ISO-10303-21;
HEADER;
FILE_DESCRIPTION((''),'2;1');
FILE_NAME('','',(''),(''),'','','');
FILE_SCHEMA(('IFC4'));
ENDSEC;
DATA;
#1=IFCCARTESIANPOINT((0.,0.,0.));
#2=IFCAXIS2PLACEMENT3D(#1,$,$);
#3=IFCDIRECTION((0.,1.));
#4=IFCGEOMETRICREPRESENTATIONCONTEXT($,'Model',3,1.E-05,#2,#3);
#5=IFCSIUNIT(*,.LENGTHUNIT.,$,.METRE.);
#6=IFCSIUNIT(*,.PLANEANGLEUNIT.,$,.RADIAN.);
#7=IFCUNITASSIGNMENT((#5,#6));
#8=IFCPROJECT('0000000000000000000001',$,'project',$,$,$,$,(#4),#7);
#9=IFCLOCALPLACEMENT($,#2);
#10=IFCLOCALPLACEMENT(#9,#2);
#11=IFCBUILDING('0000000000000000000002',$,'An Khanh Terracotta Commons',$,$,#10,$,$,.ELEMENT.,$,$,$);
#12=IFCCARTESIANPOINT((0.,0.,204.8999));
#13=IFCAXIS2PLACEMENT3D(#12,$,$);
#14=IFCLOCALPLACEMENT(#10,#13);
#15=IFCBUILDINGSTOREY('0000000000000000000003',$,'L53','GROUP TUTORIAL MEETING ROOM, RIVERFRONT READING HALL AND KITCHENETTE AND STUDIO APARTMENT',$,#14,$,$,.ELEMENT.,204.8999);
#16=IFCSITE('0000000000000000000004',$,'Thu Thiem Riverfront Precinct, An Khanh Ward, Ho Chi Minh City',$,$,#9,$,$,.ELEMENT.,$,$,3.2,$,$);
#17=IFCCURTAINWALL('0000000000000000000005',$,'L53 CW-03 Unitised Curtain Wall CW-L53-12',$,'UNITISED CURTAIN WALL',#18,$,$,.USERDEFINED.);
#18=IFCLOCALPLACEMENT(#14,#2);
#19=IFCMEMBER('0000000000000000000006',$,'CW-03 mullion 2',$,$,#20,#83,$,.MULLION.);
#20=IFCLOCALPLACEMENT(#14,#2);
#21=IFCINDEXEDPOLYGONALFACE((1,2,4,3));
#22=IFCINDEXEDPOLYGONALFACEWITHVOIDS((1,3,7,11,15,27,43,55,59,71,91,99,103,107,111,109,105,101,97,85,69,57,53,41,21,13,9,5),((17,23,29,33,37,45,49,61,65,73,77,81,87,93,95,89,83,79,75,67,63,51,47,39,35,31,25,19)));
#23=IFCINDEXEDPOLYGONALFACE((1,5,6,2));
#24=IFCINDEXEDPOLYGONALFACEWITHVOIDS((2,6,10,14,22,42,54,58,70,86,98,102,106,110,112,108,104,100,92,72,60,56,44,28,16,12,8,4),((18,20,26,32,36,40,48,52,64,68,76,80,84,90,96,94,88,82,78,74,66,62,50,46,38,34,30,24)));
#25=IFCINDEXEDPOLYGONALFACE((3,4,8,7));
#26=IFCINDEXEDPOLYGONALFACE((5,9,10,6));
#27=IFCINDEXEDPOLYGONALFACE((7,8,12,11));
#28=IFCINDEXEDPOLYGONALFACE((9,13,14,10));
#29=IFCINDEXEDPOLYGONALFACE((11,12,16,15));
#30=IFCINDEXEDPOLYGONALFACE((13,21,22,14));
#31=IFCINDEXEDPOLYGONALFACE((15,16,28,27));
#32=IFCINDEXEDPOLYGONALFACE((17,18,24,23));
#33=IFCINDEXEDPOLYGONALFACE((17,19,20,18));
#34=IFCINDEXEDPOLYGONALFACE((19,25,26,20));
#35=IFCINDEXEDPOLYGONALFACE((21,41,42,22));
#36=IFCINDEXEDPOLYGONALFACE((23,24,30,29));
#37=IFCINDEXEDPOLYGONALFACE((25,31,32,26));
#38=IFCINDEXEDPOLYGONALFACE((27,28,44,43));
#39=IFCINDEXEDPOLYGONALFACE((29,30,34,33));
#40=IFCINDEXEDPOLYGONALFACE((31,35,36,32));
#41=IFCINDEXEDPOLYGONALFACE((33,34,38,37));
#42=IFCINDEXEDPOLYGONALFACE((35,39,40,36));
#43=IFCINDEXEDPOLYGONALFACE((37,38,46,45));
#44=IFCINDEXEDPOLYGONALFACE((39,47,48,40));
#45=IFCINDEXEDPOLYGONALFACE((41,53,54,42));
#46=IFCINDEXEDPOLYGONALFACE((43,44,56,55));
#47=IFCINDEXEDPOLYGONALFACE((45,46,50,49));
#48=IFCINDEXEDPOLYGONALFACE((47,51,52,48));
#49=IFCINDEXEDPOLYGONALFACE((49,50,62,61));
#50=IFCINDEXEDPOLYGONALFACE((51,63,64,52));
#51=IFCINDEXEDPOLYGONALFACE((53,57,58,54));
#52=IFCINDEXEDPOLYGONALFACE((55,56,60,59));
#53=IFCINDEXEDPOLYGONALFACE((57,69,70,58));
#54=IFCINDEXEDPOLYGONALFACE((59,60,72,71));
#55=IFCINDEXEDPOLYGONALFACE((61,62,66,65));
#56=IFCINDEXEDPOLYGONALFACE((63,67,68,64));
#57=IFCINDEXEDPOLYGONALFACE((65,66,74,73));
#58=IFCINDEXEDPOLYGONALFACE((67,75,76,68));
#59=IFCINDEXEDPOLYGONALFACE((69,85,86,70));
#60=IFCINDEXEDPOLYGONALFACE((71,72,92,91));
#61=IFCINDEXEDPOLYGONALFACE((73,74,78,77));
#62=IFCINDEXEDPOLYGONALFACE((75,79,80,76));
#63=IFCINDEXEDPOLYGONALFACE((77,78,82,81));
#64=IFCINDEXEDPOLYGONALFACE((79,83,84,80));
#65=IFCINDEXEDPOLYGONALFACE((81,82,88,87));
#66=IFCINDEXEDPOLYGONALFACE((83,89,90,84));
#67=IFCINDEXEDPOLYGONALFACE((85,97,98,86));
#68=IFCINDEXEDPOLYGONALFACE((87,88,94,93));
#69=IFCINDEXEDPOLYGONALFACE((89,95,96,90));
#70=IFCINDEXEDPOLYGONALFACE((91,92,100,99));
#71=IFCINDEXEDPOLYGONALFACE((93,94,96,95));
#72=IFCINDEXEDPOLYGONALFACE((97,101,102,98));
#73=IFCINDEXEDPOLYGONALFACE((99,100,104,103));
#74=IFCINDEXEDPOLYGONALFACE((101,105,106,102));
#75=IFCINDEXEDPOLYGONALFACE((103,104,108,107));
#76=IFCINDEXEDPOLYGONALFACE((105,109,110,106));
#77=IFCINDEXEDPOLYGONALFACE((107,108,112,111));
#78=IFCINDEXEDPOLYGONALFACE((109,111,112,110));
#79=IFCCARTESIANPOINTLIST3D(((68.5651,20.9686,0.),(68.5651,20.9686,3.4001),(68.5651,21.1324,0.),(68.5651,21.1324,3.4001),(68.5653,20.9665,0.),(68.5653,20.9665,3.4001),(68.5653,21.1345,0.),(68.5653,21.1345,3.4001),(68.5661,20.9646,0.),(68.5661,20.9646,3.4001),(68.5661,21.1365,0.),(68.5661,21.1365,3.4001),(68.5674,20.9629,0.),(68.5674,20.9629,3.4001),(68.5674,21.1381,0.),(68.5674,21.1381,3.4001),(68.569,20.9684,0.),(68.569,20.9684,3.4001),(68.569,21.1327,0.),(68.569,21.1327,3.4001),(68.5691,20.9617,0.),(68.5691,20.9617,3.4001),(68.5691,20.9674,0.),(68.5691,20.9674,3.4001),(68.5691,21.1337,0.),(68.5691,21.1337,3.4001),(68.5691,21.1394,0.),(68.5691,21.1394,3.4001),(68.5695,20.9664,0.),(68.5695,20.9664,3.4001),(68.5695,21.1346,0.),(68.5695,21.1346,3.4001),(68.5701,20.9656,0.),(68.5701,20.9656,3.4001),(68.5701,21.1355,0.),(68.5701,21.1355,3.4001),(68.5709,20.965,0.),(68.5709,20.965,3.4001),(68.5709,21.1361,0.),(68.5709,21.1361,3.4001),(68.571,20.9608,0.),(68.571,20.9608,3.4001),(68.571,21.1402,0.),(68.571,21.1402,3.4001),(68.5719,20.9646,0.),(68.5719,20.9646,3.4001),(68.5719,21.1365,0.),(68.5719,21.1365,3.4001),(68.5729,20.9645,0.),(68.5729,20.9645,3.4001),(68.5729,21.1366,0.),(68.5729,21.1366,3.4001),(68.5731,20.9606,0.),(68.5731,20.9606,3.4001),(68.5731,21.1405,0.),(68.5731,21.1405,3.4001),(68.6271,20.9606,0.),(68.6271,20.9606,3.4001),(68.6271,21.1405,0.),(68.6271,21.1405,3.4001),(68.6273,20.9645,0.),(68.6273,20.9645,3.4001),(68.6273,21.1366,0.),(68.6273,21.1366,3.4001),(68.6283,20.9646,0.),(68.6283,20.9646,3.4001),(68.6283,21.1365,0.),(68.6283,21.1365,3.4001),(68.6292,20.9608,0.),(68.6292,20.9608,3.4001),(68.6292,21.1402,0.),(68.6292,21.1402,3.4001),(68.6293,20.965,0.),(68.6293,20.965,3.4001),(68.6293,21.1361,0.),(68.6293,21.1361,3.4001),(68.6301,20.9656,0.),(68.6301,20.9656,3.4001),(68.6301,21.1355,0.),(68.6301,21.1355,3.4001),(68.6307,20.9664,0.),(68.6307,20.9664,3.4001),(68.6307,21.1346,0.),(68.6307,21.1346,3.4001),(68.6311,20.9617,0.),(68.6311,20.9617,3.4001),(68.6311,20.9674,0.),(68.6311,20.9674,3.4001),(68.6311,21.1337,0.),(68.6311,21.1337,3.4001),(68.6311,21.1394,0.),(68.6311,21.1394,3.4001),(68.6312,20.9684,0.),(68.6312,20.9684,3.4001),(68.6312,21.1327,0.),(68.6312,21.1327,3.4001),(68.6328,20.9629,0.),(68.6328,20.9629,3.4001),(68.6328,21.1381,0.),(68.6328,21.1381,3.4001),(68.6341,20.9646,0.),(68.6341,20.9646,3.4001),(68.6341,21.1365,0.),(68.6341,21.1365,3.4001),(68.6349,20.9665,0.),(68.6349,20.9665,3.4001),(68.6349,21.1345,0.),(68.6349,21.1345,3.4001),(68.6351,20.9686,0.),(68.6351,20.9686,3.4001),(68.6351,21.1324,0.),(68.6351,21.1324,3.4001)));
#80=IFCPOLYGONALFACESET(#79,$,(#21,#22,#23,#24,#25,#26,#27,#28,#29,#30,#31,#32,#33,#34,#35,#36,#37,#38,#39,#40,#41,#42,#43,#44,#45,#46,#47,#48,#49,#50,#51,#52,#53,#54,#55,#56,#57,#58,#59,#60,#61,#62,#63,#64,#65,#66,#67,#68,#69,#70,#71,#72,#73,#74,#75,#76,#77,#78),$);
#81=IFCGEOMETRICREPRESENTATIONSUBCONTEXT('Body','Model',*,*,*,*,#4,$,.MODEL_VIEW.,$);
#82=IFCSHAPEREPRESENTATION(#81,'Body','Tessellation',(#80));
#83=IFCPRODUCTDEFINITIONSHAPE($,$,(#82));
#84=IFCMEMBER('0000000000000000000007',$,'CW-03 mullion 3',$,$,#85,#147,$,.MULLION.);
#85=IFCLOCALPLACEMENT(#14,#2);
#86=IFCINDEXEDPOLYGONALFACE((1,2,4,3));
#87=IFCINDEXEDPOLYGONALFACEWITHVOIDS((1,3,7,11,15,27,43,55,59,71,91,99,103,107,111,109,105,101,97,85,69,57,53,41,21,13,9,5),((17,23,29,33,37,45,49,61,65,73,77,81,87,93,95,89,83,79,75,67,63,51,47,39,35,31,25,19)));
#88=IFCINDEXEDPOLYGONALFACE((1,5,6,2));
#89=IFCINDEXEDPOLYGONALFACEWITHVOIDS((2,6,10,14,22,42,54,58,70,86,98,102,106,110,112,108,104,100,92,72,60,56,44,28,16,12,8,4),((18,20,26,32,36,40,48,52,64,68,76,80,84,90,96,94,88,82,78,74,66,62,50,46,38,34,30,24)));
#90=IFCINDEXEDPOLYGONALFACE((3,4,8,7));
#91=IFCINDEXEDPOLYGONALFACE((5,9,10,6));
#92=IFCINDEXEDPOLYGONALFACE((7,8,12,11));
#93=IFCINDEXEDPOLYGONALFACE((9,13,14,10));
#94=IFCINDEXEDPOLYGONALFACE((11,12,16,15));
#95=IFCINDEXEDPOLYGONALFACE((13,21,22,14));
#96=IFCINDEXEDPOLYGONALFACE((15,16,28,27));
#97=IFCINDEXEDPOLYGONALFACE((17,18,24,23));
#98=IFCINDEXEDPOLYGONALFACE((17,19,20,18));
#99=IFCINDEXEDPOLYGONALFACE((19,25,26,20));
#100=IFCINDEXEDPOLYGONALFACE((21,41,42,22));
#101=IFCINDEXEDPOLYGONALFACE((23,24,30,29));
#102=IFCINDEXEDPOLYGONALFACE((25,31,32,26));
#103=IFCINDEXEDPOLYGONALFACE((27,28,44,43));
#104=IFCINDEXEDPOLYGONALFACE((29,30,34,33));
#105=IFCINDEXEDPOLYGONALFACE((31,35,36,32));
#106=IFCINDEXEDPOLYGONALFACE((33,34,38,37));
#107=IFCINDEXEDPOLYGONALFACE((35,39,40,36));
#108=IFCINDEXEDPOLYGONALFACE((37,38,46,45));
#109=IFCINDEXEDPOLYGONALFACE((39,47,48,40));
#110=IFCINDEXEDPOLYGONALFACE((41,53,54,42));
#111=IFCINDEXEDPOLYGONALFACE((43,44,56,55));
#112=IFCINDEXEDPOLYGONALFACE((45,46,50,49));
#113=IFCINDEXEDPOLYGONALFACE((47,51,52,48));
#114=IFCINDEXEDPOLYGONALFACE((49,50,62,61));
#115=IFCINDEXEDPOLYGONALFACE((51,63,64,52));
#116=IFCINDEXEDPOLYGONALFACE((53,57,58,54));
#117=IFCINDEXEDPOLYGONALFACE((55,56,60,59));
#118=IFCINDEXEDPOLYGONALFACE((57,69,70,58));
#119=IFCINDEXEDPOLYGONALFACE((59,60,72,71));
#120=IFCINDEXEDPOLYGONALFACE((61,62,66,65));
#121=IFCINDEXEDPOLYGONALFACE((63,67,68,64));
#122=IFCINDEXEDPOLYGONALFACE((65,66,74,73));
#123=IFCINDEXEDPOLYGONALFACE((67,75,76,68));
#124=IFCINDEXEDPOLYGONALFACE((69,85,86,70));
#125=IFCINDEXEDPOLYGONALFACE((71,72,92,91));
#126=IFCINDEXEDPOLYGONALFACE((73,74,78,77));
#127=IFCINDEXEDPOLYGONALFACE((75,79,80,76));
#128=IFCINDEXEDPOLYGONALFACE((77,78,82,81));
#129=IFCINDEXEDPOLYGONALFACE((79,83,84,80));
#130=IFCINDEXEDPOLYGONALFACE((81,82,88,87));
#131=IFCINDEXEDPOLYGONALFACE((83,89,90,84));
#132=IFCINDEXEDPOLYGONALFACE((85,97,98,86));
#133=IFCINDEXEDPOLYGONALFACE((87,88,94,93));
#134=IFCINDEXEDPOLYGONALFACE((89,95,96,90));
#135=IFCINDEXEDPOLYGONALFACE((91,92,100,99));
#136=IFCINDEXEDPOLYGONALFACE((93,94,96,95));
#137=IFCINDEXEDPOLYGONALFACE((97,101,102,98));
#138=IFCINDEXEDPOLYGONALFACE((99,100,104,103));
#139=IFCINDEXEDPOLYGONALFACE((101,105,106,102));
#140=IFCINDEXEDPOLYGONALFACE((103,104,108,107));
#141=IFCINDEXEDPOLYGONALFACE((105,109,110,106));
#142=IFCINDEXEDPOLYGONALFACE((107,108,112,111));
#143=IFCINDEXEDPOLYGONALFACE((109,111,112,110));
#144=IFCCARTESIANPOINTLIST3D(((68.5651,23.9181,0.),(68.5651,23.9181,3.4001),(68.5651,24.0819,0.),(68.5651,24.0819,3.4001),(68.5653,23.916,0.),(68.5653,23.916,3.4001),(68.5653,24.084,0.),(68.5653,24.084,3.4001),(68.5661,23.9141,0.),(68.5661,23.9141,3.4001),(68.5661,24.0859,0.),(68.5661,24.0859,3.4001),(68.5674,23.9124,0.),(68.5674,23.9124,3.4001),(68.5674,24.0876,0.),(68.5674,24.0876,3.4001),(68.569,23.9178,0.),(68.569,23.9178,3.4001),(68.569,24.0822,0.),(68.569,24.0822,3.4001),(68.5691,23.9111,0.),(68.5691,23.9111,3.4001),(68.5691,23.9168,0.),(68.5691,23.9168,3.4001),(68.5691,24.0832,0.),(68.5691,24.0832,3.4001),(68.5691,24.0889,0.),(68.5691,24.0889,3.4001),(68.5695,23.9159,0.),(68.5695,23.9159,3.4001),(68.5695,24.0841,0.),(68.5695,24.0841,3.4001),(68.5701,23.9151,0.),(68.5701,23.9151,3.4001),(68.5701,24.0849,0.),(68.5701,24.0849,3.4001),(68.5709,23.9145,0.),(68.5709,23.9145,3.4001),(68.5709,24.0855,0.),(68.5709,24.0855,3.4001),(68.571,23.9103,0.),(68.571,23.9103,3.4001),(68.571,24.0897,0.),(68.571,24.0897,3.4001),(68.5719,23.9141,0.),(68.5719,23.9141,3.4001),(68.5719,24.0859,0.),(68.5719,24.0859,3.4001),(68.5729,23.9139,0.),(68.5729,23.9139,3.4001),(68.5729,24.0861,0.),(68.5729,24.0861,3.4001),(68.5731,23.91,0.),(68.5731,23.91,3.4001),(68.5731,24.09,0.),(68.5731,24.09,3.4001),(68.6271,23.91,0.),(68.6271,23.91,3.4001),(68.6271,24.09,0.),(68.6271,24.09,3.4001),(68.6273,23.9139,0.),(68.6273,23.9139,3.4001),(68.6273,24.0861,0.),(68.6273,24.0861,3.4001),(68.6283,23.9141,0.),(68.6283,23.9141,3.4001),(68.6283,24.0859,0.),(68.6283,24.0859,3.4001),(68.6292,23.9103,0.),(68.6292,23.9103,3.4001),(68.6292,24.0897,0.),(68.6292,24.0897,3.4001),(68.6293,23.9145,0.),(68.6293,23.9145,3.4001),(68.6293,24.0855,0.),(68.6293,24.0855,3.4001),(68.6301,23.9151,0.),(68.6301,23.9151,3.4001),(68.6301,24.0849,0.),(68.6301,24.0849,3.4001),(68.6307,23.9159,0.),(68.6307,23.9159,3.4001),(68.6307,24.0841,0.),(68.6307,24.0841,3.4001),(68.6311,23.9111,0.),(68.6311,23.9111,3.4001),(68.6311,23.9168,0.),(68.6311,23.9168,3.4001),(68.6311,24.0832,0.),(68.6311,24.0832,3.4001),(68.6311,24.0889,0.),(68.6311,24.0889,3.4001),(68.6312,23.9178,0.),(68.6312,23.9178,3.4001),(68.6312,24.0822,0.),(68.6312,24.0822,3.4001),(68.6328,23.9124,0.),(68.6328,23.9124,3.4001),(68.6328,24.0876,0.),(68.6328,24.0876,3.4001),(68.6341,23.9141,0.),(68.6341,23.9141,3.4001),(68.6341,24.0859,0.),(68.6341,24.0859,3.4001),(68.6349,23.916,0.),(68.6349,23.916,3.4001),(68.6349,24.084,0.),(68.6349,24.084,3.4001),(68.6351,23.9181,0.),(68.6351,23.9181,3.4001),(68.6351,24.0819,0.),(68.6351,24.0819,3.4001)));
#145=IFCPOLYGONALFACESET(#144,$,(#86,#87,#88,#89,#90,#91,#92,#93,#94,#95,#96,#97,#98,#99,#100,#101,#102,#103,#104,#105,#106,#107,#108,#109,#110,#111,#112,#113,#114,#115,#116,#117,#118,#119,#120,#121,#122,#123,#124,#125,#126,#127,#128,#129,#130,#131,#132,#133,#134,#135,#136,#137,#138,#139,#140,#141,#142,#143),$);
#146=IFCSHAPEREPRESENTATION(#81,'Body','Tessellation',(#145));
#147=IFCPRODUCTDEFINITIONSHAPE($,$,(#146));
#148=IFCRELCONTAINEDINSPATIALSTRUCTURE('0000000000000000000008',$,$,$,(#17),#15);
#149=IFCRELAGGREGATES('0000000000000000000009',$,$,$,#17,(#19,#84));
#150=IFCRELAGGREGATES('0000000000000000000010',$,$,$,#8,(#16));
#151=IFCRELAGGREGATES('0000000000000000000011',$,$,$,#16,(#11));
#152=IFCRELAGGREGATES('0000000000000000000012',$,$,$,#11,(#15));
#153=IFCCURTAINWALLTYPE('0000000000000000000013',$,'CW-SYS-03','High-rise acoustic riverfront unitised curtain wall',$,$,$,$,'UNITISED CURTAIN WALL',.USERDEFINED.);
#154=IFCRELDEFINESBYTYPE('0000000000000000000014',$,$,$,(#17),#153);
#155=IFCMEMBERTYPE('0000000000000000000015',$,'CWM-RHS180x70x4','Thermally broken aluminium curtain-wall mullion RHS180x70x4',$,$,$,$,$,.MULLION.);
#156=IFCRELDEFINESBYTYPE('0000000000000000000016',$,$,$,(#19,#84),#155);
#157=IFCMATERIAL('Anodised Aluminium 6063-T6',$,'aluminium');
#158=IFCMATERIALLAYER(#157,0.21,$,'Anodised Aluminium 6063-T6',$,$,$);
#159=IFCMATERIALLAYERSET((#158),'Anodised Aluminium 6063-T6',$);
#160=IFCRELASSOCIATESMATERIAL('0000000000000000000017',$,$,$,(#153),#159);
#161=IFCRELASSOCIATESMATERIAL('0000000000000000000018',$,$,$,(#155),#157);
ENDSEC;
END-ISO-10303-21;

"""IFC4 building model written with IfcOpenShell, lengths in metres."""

from ifc_helpers import new_model, si_unit, direction, frame, origin, origin_2d, place, context, subcontext, project, spatial, hollow_rectangle, extrude, material, layer, layer_set, material_profile, profile_set, type_object, element, aggregate, save


model = new_model("IFC4")

# Units and contexts
model_context = context("Model", 3, precision=1e-05, world=origin(), true_north=direction((0.0, 1.0)))
body_context = subcontext(model_context, "Body", "Model", "MODEL_VIEW")
ifc_project = project(units=[si_unit("LENGTHUNIT", "METRE"), si_unit("PLANEANGLEUNIT", "RADIAN")], contexts=[model_context])

# Site, building, storey
site_placement = place(None, origin())
site = spatial("IfcSite", under=ifc_project, at=site_placement, Name="Thu Thiem Riverfront Precinct, An Khanh Ward, Ho Chi Minh City", CompositionType="ELEMENT", RefElevation=3.2)
building_placement = place(site_placement, origin())
building = spatial("IfcBuilding", under=site, at=building_placement, Name="An Khanh Terracotta Commons", CompositionType="ELEMENT")
storey_placement = place(building_placement, frame((0.0, 0.0, 204.8999)))
storey = spatial("IfcBuildingStorey", under=building, at=storey_placement, Name="L53", Description="GROUP TUTORIAL MEETING ROOM, RIVERFRONT READING HALL AND KITCHENETTE AND STUDIO APARTMENT", CompositionType="ELEMENT", Elevation=204.8999)

# Curtain wall, members
ifc_material_1 = material(Name="Anodised Aluminium 6063-T6", Category="aluminium")
ifc_layer_1 = layer(ifc_material_1, 0.21, Name="Anodised Aluminium 6063-T6")
ifc_layer_set_1 = layer_set([ifc_layer_1], Name="Anodised Aluminium 6063-T6")
curtain_wall_type = type_object("IfcCurtainWallType", Name="CW-SYS-03", Description="High-rise acoustic riverfront unitised curtain wall", ElementType="UNITISED CURTAIN WALL", PredefinedType="USERDEFINED", material=ifc_layer_set_1)
ifc_material_profile_1 = material_profile(ifc_material_1, hollow_rectangle(XDim=0.0701, YDim=0.1799, WallThickness=0.0039, InnerFilletRadius=0.0039, OuterFilletRadius=0.0081, at=origin_2d()), Name="RHS180x70x4")
ifc_profile_set_1 = profile_set([ifc_material_profile_1], Name="Anodised Aluminium 6063-T6")
member_type_1 = type_object("IfcMemberType", Name="CWM-RHS180x70x4", Description="Thermally broken aluminium curtain-wall mullion RHS180x70x4", PredefinedType="MULLION", material=ifc_profile_set_1)
curtain_wall_1_placement = place(storey_placement, origin())
curtain_wall_1 = element("IfcCurtainWall", 1, at=curtain_wall_1_placement, inside=storey, type_object=curtain_wall_type, Name="L53 CW-03 Unitised Curtain Wall CW-L53-12", ObjectType="UNITISED CURTAIN WALL", PredefinedType="USERDEFINED")
member_1_placement = place(storey_placement, frame((68.6001, 21.0505, 0.0), z_axis=(0.0, 0.0, 1.0), x_axis=(-1.0, 0.0, 0.0)))
member_1 = element("IfcMember", 2, at=member_1_placement, type_object=member_type_1, Name="CW-03 mullion 2", PredefinedType="MULLION", context=body_context, shape_type="SweptSolid", body=[
    extrude(hollow_rectangle(XDim=0.0701, YDim=0.1799, WallThickness=0.0039, InnerFilletRadius=0.0039, OuterFilletRadius=0.0081, at=origin_2d()), origin(), (0.0, 0.0, 1.0), 3.4001),
])
member_2_placement = place(storey_placement, frame((68.6001, 24.0, 0.0), z_axis=(0.0, 0.0, 1.0), x_axis=(-1.0, 0.0, 0.0)))
member_2 = element("IfcMember", 3, at=member_2_placement, type_object=member_type_1, Name="CW-03 mullion 3", PredefinedType="MULLION", context=body_context, shape_type="SweptSolid", body=[
    extrude(hollow_rectangle(XDim=0.0701, YDim=0.1799, WallThickness=0.0039, InnerFilletRadius=0.0039, OuterFilletRadius=0.0081, at=origin_2d()), origin(), (0.0, 0.0, 1.0), 3.4001),
])

aggregate(curtain_wall_1, [member_1, member_2])

save(model, "model.ifc")
